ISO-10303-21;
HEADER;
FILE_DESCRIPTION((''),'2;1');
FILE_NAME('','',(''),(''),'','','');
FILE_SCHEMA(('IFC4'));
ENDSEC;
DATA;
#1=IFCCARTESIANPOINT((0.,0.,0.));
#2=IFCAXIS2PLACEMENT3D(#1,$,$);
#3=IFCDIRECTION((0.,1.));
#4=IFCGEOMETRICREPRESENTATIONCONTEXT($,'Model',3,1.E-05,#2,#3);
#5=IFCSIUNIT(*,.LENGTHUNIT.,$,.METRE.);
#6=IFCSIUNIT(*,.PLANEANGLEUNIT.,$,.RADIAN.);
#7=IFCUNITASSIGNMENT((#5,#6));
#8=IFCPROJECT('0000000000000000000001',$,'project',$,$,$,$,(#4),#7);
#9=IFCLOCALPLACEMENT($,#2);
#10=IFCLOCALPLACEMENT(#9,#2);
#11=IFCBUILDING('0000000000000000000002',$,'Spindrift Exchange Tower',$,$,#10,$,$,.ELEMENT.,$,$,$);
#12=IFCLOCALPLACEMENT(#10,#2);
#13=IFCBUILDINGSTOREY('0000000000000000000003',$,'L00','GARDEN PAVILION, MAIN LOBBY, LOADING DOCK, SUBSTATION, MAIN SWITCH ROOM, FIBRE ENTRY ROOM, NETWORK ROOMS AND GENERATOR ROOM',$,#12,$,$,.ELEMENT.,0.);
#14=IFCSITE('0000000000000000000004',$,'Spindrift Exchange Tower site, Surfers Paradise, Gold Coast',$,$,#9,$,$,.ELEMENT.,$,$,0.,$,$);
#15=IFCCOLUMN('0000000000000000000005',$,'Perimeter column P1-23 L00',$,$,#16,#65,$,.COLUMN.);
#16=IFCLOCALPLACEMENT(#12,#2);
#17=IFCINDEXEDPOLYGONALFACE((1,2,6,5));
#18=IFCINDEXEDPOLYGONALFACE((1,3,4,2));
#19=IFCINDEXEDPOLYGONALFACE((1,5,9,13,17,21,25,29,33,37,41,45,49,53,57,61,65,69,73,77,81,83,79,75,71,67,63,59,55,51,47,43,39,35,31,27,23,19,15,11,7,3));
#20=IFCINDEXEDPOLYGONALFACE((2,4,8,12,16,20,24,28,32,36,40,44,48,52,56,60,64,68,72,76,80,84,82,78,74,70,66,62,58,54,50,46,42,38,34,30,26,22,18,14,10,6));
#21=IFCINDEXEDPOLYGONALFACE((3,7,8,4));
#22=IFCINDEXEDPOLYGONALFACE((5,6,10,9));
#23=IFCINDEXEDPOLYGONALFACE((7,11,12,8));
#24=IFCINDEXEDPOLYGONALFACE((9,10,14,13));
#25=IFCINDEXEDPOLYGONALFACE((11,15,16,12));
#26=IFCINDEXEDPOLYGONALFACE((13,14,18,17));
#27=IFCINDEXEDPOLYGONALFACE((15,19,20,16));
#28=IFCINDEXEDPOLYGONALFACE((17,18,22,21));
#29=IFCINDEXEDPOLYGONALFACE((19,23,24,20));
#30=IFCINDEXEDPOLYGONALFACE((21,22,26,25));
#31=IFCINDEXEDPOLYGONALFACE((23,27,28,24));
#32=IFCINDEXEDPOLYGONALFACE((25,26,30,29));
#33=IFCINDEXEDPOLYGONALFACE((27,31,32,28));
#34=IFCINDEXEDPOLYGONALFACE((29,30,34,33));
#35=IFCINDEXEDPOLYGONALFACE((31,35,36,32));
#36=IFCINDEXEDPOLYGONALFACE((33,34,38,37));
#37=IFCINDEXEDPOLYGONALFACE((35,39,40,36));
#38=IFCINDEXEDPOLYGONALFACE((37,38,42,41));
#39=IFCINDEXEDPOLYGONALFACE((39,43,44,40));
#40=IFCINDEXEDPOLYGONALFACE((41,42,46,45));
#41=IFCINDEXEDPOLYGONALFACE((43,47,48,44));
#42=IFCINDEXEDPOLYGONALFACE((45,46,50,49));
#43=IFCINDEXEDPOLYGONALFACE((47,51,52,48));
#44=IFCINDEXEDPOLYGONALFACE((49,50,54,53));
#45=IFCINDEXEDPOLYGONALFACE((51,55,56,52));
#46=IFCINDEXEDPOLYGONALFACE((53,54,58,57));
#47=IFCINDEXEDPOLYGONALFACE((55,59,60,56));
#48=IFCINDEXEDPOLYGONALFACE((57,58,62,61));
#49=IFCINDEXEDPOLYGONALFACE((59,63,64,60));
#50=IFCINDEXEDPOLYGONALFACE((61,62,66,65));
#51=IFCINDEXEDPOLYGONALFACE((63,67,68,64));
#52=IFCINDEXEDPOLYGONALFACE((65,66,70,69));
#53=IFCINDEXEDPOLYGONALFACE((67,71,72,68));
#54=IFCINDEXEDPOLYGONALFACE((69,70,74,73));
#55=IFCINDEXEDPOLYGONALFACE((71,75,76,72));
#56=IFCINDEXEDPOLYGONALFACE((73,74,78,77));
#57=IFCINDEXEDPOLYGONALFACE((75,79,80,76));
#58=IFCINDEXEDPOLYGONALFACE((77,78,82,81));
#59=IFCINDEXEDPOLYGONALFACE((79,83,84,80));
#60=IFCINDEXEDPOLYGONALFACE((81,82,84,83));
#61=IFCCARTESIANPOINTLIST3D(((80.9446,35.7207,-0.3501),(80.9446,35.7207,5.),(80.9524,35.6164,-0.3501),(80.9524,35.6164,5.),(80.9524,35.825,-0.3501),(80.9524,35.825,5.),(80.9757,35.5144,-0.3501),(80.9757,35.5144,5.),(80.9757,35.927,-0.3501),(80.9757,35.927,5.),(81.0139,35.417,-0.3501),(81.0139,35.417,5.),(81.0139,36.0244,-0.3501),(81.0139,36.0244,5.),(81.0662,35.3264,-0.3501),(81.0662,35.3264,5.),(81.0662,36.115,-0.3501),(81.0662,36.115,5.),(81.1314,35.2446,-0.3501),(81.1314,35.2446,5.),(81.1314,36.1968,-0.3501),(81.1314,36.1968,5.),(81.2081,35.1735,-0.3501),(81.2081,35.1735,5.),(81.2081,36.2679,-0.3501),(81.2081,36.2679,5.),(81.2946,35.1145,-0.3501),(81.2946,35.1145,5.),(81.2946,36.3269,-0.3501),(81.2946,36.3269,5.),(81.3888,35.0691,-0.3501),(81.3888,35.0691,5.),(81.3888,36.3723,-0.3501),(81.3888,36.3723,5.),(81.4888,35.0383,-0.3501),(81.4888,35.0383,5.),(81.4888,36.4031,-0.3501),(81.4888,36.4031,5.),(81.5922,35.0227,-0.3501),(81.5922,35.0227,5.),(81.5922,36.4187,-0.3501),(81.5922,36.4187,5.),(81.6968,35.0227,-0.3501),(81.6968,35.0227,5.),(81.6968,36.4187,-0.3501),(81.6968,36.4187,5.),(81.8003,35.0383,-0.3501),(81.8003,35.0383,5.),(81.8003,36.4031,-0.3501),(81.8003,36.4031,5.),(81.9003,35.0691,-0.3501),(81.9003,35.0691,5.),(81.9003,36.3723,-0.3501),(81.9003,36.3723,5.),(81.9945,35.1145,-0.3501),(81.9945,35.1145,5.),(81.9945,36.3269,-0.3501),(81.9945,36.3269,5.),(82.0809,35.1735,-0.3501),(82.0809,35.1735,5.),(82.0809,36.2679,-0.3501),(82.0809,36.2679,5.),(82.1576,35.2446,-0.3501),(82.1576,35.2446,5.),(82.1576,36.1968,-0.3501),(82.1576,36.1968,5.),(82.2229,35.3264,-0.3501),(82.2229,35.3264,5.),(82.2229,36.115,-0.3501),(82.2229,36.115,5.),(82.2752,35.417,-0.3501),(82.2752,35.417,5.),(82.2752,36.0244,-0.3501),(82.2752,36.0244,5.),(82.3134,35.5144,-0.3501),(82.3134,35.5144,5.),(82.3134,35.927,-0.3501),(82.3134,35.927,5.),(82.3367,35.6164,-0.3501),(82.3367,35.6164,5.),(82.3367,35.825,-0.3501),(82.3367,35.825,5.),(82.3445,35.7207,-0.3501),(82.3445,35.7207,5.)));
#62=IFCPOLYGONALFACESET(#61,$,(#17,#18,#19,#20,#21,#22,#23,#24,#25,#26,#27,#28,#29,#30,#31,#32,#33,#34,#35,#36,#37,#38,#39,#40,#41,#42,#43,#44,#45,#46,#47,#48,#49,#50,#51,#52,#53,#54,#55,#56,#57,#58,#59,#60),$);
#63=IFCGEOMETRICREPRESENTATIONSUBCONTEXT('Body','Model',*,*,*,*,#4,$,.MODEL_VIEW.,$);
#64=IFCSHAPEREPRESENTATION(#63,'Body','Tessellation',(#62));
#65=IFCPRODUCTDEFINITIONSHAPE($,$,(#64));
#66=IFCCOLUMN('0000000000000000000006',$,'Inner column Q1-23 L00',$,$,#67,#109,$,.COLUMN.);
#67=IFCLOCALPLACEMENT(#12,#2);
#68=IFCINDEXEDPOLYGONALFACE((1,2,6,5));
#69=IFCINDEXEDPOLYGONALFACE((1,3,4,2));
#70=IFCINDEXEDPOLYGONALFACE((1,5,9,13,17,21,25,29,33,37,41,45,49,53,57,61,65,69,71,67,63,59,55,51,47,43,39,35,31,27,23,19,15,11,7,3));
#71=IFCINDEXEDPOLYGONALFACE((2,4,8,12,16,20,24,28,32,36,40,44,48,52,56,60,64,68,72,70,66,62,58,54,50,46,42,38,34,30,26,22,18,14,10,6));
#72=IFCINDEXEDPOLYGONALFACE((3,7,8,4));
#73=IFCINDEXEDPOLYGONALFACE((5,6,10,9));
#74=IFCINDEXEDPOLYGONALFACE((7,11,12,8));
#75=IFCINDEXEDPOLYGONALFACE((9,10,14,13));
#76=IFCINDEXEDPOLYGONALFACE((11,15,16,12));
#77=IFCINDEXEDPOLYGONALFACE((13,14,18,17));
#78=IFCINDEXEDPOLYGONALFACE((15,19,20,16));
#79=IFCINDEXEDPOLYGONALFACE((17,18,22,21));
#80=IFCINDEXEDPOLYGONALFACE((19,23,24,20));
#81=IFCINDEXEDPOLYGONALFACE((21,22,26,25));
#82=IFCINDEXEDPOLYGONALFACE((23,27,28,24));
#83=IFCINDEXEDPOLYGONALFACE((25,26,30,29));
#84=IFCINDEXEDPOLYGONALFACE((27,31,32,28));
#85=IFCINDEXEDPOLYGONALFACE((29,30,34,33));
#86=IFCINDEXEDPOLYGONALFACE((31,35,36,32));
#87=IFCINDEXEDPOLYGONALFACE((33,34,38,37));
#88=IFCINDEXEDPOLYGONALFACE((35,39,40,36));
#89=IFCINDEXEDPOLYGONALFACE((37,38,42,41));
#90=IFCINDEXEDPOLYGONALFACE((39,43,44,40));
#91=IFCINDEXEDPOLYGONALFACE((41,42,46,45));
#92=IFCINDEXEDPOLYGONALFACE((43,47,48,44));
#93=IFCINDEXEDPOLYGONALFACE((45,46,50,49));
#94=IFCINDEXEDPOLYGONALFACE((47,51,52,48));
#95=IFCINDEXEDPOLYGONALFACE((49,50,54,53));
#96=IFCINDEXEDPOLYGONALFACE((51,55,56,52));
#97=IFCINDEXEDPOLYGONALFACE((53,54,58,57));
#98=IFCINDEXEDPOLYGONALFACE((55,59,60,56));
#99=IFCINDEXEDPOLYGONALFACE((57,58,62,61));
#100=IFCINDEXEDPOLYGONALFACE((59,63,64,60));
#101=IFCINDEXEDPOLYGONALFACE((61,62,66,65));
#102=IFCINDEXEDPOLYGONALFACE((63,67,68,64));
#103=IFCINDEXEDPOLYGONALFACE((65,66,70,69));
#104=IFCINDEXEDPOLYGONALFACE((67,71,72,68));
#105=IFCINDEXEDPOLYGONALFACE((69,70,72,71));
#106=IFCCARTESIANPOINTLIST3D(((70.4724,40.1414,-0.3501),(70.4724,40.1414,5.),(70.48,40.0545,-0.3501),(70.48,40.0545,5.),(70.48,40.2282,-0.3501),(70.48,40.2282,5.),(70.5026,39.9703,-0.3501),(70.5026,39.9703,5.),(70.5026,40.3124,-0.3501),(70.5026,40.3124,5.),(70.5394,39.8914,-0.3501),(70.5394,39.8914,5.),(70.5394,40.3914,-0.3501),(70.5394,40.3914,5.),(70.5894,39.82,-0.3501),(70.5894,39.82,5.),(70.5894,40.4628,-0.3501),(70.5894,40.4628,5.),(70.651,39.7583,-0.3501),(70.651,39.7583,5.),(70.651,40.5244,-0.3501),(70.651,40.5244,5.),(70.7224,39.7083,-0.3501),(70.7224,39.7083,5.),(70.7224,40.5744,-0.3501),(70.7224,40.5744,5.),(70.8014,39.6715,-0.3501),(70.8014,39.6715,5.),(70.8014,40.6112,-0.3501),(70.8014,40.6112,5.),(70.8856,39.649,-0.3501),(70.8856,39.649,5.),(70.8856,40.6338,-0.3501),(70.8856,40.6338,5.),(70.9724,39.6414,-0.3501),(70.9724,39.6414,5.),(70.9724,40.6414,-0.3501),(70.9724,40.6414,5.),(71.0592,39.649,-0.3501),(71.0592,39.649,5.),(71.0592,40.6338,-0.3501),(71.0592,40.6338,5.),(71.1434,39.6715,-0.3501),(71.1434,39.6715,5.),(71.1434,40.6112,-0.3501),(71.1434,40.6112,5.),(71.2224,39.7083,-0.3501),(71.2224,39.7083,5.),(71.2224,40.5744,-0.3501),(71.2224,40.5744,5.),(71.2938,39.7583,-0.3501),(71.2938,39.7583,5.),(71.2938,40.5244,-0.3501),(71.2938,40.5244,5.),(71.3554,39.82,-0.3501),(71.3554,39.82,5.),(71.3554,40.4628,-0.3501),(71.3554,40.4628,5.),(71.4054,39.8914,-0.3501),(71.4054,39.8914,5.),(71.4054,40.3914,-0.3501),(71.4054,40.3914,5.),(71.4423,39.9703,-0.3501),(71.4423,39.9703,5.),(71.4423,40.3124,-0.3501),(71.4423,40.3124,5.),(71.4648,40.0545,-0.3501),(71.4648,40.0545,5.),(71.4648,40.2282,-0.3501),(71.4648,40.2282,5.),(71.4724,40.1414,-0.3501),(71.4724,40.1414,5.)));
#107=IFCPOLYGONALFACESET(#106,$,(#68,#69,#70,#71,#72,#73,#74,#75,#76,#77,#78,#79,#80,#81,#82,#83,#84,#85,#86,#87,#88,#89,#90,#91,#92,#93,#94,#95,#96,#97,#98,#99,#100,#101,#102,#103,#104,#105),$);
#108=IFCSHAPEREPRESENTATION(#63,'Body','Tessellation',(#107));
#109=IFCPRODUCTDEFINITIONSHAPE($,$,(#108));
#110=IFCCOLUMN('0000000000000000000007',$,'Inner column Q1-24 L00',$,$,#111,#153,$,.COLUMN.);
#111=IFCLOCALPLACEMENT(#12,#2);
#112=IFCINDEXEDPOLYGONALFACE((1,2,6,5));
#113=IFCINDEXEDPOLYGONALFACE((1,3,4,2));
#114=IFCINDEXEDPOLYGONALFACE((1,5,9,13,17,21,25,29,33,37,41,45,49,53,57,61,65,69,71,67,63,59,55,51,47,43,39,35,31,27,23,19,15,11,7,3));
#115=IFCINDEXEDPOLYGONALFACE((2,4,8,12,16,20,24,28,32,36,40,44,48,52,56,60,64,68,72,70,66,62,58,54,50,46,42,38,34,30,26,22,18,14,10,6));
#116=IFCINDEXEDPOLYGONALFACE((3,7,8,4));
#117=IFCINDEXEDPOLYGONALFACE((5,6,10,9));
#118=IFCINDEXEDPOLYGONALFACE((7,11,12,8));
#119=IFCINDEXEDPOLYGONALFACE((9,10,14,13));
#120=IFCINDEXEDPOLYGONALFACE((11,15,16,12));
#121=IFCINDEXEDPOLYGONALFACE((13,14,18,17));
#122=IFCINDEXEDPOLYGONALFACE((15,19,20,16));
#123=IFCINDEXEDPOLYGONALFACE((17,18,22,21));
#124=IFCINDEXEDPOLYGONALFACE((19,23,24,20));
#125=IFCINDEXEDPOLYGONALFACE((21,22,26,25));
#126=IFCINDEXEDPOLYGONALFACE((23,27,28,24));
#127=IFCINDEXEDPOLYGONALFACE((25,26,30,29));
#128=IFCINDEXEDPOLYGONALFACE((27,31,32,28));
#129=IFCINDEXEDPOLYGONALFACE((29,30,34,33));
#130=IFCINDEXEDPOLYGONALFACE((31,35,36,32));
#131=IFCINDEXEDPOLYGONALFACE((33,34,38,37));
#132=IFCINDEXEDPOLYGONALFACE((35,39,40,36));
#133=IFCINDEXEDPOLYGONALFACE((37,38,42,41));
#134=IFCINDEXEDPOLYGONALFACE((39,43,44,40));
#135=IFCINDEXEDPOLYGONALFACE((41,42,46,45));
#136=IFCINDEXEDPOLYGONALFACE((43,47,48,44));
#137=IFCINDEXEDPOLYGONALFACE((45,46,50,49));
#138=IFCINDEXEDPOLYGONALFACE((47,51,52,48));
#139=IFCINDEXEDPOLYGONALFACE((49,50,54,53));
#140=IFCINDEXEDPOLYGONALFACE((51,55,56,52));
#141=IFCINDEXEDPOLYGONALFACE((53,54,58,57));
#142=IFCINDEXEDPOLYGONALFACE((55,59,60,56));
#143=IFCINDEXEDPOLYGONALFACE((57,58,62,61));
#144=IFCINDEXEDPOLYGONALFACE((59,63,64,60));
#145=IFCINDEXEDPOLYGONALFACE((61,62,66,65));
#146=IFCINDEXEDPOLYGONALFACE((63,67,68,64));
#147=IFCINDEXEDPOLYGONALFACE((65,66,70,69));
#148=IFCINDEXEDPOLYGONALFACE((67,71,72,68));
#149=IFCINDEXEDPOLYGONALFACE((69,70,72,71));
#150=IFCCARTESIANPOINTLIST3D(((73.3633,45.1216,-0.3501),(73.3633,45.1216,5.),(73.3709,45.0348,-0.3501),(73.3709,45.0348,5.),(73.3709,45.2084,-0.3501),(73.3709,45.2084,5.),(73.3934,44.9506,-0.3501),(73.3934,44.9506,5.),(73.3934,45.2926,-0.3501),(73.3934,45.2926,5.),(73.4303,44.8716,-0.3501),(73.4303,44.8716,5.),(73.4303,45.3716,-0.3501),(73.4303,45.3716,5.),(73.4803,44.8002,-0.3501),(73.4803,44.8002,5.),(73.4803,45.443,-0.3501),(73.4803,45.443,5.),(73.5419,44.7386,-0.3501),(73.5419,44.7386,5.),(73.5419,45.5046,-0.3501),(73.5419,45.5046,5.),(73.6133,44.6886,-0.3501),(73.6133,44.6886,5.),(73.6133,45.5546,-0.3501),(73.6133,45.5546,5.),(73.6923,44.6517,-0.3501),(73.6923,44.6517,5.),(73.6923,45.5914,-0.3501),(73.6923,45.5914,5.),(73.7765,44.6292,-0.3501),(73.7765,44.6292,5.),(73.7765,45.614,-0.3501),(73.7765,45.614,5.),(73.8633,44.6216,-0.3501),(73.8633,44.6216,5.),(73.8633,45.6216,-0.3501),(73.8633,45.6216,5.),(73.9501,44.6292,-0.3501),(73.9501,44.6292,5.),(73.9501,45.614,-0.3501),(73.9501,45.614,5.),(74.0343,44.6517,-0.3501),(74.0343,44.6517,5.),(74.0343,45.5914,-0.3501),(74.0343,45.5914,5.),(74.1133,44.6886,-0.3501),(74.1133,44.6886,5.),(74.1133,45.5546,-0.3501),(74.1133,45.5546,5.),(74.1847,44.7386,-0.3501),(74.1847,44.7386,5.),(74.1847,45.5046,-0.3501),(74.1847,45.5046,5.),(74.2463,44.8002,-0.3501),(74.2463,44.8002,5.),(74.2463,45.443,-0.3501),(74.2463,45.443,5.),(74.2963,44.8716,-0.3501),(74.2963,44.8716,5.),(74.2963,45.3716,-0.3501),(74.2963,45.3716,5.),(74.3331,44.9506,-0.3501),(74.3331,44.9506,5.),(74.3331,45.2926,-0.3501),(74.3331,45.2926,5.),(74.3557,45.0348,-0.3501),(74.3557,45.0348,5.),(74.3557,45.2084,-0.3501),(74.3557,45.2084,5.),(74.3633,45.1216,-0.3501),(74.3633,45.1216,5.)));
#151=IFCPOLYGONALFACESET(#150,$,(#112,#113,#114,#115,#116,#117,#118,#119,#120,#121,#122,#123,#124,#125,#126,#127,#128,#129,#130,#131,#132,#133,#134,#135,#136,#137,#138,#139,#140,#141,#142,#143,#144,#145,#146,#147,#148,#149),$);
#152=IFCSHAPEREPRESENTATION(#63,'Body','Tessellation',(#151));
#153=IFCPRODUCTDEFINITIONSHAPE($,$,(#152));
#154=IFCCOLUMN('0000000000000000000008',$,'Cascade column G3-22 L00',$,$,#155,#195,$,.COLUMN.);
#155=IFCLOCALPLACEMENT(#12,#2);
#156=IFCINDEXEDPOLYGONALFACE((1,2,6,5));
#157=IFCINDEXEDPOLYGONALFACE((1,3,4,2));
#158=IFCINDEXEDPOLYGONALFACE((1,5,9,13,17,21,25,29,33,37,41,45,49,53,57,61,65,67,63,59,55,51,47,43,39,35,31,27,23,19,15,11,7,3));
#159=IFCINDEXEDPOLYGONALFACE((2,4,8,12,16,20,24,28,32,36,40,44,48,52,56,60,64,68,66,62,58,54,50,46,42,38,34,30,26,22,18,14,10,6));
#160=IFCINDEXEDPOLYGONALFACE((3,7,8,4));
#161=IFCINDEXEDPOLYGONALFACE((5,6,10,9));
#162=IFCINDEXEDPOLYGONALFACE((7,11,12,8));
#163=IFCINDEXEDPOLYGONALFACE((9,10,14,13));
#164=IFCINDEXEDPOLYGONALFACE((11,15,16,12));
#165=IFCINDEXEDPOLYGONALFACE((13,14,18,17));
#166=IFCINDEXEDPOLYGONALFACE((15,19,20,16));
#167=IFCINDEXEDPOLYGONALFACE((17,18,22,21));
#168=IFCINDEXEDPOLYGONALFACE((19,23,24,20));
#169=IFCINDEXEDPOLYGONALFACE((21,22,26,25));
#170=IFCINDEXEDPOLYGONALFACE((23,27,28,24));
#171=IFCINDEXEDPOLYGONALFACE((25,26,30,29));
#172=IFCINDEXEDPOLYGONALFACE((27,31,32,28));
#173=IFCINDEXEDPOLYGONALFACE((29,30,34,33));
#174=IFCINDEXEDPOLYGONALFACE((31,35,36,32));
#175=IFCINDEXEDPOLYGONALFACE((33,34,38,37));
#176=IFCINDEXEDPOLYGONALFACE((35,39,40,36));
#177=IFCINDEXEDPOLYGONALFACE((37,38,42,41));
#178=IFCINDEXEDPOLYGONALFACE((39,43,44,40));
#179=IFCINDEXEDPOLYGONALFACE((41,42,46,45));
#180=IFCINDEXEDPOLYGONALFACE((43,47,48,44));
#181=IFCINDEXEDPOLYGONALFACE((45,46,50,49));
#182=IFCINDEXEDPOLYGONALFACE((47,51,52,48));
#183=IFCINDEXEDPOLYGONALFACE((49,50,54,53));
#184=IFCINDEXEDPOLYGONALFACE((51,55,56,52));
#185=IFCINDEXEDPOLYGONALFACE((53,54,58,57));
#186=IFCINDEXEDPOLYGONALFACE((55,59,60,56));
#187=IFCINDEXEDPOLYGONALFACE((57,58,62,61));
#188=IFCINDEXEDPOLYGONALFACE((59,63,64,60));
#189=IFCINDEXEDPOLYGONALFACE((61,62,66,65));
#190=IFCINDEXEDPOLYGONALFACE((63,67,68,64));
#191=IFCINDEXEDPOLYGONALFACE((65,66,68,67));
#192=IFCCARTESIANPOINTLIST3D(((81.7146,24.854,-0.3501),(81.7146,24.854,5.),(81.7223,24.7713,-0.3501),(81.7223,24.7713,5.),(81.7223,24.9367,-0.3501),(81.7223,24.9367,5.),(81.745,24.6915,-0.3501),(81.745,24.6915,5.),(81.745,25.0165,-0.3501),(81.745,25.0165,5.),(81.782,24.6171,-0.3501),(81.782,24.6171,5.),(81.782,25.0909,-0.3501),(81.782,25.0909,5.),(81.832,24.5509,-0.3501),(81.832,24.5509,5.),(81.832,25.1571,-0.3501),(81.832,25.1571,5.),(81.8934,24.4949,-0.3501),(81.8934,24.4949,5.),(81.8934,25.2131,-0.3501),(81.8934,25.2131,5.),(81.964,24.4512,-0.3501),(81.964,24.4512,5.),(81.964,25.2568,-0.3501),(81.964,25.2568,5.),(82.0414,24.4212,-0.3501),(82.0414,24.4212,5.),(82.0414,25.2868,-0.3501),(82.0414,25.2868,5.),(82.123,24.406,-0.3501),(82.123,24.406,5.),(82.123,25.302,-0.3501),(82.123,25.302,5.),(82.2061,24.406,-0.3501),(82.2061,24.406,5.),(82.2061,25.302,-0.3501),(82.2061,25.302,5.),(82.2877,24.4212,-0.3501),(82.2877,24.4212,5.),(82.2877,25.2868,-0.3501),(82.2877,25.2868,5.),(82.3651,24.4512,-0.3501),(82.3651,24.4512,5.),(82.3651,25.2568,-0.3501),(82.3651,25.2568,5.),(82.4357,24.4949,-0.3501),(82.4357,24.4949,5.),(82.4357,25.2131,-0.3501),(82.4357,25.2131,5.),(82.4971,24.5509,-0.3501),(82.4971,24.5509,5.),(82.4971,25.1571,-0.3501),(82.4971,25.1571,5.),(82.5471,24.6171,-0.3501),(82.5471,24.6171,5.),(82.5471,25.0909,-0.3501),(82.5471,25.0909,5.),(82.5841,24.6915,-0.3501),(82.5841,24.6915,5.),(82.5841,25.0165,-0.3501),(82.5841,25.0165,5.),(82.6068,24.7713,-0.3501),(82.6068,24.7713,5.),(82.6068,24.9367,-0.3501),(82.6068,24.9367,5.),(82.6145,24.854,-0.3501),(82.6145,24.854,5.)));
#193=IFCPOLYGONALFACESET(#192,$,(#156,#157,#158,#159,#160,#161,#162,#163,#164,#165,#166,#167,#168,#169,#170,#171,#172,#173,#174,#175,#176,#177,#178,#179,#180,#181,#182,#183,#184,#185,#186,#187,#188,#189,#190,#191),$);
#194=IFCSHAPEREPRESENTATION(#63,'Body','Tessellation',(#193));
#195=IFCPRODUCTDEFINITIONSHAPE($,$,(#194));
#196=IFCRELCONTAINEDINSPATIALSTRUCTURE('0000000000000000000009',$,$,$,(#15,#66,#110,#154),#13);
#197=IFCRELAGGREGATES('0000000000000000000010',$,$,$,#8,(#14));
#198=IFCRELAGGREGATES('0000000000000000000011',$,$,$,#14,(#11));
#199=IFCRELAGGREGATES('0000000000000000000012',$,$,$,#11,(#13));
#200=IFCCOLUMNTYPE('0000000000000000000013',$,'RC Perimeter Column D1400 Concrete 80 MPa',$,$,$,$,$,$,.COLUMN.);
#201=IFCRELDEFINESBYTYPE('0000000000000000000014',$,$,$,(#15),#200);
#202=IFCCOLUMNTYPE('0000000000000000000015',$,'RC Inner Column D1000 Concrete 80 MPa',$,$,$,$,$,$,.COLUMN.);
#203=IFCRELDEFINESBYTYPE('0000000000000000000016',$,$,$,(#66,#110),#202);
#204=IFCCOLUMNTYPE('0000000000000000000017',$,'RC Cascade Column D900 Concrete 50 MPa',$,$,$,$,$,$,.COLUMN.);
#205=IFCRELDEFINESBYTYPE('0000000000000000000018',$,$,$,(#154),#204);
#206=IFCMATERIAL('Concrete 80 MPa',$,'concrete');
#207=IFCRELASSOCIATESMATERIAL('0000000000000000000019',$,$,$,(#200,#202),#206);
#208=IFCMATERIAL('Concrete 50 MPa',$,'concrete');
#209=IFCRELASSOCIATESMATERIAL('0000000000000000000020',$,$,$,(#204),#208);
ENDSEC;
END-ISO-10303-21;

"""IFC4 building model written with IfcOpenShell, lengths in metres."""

from ifc_helpers import new_model, si_unit, direction, frame, origin, origin_2d, place, context, subcontext, project, spatial, circle, extrude, source, transform, mapped, material, material_profile, profile_set, type_object, element, save


model = new_model("IFC4")

# Units and contexts
model_context = context("Model", 3, precision=1e-05, world=origin(), true_north=direction((0.0, 1.0)))
body_context = subcontext(model_context, "Body", "Model", "MODEL_VIEW")
ifc_project = project(units=[si_unit("LENGTHUNIT", "METRE"), si_unit("PLANEANGLEUNIT", "RADIAN")], contexts=[model_context])

# Site, building, storey
site_placement = place(None, origin())
site = spatial("IfcSite", under=ifc_project, at=site_placement, Name="Spindrift Exchange Tower site, Surfers Paradise, Gold Coast", CompositionType="ELEMENT", RefElevation=0.0)
building_placement = place(site_placement, origin())
building = spatial("IfcBuilding", under=site, at=building_placement, Name="Spindrift Exchange Tower", CompositionType="ELEMENT")
storey_placement = place(building_placement, origin())
storey = spatial("IfcBuildingStorey", under=building, at=storey_placement, Name="L00", Description="GARDEN PAVILION, MAIN LOBBY, LOADING DOCK, SUBSTATION, MAIN SWITCH ROOM, FIBRE ENTRY ROOM, NETWORK ROOMS AND GENERATOR ROOM", CompositionType="ELEMENT", Elevation=0.0)

# Shared definitions
ifc_material_1 = material(Name="Concrete 50 MPa", Category="concrete")

# Columns
ifc_material_2 = material(Name="Concrete 80 MPa", Category="concrete")
ifc_material_profile_1 = material_profile(ifc_material_2, circle(Radius=0.7, at=origin_2d()), Name="RC D1400")
ifc_profile_set_1 = profile_set([ifc_material_profile_1], Name="Concrete 80 MPa")
column_type_1 = type_object("IfcColumnType", Name="RC Perimeter Column D1400 Concrete 80 MPa", PredefinedType="COLUMN", material=ifc_profile_set_1)
shared_shape_1 = source(origin(), body_context, "Body", "SweptSolid", [
    extrude(circle(Radius=0.7, at=origin_2d()), origin(), (0.0, 0.0, 1.0), 5.3501),
])
for number, where, z_axis, x_axis, name in (
    (1, (81.6445, 35.7207, -0.3501), (0.0, 0.0, 1.0), (1.0, 0.0, 0.0), "Perimeter column P1-23 L00"),
):
    element("IfcColumn", number, at=place(storey_placement, frame(where, z_axis=z_axis, x_axis=x_axis)), inside=storey, type_object=column_type_1, Name=name, PredefinedType="COLUMN", context=body_context, shape_type="MappedRepresentation", body=[
        mapped(shared_shape_1, transform((0.0, 0.0, 0.0), scale=1.0)),
    ])
ifc_material_profile_2 = material_profile(ifc_material_2, circle(Radius=0.5, at=origin_2d()), Name="RC D1000")
ifc_profile_set_2 = profile_set([ifc_material_profile_2], Name="Concrete 80 MPa")
column_type_2 = type_object("IfcColumnType", Name="RC Inner Column D1000 Concrete 80 MPa", PredefinedType="COLUMN", material=ifc_profile_set_2)
shared_shape_2 = source(origin(), body_context, "Body", "SweptSolid", [
    extrude(circle(Radius=0.5, at=origin_2d()), origin(), (0.0, 0.0, 1.0), 5.3501),
])
for number, where, z_axis, x_axis, name in (
    (2, (70.9724, 40.1414, -0.3501), (0.0, 0.0, 1.0), (1.0, 0.0, 0.0), "Inner column Q1-23 L00"),
    (3, (73.8633, 45.1216, -0.3501), (0.0, 0.0, 1.0), (1.0, 0.0, 0.0), "Inner column Q1-24 L00"),
):
    element("IfcColumn", number, at=place(storey_placement, frame(where, z_axis=z_axis, x_axis=x_axis)), inside=storey, type_object=column_type_2, Name=name, PredefinedType="COLUMN", context=body_context, shape_type="MappedRepresentation", body=[
        mapped(shared_shape_2, transform((0.0, 0.0, 0.0), scale=1.0)),
    ])
ifc_material_profile_3 = material_profile(ifc_material_1, circle(Radius=0.45, at=origin_2d()), Name="RC D900")
ifc_profile_set_3 = profile_set([ifc_material_profile_3], Name="Concrete 50 MPa")
column_type_3 = type_object("IfcColumnType", Name="RC Cascade Column D900 Concrete 50 MPa", PredefinedType="COLUMN", material=ifc_profile_set_3)
shared_shape_3 = source(origin(), body_context, "Body", "SweptSolid", [
    extrude(circle(Radius=0.45, at=origin_2d()), origin(), (0.0, 0.0, 1.0), 5.3501),
])
column_placement = place(storey_placement, frame((82.1646, 24.854, -0.3501), z_axis=(0.0, 0.0, 1.0), x_axis=(1.0, 0.0, 0.0)))
element("IfcColumn", 4, at=column_placement, inside=storey, type_object=column_type_3, Name="Cascade column G3-22 L00", PredefinedType="COLUMN", context=body_context, shape_type="MappedRepresentation", body=[
    mapped(shared_shape_3, transform((0.0, 0.0, 0.0), scale=1.0)),
])

save(model, "model.ifc")
